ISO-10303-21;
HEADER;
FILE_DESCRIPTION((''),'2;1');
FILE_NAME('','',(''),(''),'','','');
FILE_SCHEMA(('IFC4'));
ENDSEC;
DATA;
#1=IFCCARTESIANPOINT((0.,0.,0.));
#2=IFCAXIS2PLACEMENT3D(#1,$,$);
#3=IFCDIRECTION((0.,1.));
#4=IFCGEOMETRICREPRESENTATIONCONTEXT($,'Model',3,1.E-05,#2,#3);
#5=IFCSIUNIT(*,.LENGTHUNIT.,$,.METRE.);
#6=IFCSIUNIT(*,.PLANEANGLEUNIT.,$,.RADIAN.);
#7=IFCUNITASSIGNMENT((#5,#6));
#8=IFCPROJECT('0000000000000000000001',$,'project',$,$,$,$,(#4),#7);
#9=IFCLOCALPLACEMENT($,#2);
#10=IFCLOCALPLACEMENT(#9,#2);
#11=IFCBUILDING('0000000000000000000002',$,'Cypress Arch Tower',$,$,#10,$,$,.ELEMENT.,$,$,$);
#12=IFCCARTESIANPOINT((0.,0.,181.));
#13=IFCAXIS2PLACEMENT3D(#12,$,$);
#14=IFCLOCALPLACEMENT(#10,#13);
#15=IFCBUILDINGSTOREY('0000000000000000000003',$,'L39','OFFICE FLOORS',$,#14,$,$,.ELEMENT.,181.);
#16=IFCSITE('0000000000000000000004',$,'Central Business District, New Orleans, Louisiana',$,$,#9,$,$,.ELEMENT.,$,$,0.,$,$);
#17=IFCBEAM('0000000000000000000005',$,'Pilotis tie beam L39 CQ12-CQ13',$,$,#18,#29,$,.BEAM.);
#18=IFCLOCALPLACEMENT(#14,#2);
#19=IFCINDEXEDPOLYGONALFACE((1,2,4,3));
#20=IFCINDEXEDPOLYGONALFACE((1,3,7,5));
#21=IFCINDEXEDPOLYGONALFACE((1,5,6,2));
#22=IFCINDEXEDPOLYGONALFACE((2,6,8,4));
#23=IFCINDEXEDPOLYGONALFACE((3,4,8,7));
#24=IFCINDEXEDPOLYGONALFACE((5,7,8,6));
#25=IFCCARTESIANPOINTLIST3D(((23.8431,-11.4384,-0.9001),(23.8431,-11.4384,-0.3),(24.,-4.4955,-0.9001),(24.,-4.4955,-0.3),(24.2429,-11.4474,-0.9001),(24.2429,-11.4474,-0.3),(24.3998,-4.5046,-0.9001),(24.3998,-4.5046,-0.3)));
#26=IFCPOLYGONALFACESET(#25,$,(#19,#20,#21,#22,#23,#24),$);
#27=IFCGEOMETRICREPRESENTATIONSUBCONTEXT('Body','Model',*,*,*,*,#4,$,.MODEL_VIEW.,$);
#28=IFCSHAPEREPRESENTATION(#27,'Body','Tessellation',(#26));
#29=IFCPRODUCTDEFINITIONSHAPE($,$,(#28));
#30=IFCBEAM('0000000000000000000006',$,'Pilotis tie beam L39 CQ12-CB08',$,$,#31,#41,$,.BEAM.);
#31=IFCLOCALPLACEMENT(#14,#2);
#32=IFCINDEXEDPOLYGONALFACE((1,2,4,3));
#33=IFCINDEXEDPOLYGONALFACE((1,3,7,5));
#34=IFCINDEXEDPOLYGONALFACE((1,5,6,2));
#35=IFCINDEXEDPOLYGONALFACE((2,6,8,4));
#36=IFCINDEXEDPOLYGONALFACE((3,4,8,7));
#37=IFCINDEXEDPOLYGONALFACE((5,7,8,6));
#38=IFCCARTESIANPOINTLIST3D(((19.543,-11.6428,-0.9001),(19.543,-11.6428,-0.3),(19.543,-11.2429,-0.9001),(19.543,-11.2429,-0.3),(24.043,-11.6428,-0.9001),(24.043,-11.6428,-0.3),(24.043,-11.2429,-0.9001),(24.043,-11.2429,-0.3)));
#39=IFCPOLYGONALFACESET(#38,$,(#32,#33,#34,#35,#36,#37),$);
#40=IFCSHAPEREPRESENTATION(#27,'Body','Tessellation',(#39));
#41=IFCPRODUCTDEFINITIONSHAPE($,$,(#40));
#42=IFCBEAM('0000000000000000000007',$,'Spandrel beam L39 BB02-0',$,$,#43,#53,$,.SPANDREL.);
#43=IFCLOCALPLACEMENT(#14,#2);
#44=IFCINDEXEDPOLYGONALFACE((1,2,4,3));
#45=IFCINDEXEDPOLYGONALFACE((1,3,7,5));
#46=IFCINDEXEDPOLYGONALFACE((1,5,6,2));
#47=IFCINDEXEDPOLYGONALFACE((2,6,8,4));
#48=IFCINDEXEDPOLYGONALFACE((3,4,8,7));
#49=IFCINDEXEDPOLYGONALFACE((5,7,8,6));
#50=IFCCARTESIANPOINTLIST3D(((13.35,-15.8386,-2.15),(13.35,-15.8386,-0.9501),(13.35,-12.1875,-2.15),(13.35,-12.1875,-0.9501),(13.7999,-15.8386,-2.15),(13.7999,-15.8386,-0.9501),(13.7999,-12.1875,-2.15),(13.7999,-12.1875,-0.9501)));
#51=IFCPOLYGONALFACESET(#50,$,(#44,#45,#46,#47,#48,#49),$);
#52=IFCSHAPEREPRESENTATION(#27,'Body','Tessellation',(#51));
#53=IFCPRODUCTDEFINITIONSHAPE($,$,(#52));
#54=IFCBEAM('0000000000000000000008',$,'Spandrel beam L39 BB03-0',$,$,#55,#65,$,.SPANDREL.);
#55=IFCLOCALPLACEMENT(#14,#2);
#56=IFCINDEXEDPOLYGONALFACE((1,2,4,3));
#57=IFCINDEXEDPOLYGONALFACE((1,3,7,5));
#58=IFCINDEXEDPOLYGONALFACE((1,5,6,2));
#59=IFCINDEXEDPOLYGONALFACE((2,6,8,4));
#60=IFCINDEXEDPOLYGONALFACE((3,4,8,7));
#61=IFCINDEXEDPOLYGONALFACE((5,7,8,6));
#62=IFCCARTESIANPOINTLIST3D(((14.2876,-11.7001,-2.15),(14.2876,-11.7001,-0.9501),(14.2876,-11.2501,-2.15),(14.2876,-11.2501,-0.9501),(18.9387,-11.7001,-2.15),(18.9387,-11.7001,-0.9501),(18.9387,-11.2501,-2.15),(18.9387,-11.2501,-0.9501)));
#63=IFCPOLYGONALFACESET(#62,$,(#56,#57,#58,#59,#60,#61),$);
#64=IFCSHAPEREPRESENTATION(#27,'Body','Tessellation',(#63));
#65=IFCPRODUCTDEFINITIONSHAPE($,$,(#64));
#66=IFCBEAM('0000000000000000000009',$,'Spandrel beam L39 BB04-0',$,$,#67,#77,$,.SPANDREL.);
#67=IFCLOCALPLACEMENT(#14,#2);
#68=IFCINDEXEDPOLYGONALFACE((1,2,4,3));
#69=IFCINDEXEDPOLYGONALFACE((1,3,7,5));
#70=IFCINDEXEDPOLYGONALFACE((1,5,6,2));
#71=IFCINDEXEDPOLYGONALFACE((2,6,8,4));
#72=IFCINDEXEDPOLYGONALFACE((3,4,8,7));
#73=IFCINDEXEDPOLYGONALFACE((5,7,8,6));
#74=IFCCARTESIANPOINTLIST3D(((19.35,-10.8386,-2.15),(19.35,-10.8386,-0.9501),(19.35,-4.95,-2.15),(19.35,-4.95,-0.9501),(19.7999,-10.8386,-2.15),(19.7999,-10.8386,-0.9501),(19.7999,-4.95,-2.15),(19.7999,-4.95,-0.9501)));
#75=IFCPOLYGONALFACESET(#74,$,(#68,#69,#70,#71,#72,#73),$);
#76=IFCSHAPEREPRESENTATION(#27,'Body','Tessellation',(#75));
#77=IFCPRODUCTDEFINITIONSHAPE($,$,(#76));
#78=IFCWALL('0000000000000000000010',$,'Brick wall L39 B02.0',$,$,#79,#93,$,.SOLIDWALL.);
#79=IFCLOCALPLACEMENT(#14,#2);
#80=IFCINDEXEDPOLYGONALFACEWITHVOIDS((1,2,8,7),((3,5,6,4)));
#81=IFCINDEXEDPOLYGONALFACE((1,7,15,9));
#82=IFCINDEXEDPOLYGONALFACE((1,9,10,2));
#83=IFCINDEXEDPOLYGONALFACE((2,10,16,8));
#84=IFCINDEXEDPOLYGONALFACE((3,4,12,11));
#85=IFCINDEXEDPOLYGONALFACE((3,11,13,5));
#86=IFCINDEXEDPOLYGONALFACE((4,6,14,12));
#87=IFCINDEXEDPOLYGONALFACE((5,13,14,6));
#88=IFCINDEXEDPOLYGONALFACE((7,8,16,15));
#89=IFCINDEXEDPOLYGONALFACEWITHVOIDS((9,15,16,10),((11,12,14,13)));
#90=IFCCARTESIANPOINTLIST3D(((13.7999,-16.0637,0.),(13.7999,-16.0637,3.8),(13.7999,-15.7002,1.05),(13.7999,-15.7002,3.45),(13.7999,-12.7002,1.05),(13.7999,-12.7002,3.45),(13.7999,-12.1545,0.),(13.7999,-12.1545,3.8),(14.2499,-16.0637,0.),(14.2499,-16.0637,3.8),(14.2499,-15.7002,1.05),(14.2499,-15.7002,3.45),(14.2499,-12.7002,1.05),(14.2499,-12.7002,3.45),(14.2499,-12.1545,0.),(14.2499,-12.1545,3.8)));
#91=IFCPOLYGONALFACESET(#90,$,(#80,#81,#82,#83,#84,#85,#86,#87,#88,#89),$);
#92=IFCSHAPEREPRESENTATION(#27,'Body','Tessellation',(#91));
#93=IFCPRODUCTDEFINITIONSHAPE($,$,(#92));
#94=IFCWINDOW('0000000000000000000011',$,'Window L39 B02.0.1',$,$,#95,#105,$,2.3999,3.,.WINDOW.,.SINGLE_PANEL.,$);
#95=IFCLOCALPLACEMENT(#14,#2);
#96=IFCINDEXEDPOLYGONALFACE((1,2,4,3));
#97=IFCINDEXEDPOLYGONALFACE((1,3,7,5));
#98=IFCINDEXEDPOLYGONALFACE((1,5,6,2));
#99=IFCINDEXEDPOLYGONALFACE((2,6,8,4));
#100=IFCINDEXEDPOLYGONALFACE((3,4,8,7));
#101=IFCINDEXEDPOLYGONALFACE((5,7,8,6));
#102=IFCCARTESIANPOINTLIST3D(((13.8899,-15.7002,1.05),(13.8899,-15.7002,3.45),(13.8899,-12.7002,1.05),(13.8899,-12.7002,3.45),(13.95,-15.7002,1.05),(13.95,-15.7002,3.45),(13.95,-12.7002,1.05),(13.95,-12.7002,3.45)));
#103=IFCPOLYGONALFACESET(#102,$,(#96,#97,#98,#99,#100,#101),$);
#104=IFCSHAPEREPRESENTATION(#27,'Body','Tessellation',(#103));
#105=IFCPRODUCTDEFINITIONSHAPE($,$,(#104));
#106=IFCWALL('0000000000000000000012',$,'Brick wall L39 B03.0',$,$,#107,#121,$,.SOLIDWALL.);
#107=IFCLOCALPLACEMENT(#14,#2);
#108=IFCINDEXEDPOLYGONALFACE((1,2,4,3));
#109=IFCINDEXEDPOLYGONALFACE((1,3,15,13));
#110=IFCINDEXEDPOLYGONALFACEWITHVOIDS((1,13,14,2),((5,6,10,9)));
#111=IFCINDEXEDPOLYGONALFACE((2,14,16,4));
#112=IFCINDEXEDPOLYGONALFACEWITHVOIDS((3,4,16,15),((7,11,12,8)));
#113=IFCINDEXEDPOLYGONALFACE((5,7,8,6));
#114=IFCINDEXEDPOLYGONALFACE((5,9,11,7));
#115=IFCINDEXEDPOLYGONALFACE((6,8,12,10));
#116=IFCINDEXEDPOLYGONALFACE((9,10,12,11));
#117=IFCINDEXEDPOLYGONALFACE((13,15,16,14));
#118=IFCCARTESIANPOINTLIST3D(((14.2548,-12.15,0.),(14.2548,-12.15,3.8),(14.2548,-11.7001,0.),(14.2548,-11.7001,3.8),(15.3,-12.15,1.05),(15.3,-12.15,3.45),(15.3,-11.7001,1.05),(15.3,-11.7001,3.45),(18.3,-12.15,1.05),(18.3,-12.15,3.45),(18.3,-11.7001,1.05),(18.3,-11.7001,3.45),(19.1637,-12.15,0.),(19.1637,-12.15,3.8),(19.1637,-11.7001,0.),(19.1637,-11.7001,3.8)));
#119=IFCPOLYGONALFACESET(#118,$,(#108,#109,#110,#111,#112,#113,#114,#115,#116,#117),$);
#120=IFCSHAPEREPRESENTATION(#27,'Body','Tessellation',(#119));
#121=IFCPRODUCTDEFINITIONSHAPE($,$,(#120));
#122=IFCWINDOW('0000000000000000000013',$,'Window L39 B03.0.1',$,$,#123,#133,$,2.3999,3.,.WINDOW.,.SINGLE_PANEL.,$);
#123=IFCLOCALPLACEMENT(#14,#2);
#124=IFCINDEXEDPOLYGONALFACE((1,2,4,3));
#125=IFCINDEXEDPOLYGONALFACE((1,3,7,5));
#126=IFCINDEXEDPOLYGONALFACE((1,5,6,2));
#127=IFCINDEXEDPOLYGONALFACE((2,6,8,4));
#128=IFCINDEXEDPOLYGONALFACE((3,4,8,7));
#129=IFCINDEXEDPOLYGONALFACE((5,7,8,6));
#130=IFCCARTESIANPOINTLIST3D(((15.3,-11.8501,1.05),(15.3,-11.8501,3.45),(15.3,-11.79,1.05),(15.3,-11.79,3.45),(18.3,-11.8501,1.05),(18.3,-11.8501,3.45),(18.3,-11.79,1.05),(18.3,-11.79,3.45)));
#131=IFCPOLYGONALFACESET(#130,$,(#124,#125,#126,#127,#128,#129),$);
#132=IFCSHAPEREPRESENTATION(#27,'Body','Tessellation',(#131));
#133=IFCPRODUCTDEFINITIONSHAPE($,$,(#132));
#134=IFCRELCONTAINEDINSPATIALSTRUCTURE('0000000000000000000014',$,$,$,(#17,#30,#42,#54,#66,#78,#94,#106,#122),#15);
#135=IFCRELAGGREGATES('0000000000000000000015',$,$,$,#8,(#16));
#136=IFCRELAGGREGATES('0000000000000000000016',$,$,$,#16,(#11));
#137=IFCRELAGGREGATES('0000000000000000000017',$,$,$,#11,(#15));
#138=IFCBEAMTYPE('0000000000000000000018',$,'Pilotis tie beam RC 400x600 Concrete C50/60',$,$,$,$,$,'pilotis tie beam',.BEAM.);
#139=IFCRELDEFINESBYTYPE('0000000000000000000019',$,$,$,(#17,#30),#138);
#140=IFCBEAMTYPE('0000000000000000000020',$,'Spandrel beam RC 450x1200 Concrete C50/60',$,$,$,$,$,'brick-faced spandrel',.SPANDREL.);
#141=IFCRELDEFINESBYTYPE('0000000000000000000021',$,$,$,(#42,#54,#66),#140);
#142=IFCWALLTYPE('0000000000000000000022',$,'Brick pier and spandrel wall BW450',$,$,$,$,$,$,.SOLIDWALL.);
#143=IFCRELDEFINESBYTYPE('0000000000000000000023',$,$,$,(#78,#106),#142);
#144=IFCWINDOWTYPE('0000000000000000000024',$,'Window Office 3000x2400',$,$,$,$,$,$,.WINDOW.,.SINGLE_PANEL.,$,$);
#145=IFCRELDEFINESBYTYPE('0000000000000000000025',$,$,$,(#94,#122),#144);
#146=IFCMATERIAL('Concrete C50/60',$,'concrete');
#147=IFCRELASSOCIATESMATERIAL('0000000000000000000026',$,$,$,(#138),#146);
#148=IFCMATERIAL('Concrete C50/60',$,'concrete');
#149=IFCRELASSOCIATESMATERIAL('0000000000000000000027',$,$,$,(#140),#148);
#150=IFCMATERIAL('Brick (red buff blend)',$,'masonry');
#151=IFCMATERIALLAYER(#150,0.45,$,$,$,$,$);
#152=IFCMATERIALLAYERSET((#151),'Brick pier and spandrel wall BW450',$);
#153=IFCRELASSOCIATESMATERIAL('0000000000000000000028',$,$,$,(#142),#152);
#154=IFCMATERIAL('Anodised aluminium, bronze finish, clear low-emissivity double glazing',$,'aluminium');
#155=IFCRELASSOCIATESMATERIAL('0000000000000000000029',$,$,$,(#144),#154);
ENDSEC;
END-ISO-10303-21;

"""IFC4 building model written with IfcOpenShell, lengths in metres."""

from ifc_helpers import new_model, si_unit, direction, frame, frame_2d, origin, origin_2d, place, context, subcontext, project, spatial, rectangle, extrude, material, layer, layer_set, material_profile, profile_set, type_object, element, fill, save


model = new_model("IFC4")

# Units and contexts
model_context = context("Model", 3, precision=1e-05, world=origin(), true_north=direction((0.0, 1.0)))
body_context = subcontext(model_context, "Body", "Model", "MODEL_VIEW")
ifc_project = project(units=[si_unit("LENGTHUNIT", "METRE"), si_unit("PLANEANGLEUNIT", "RADIAN")], contexts=[model_context])

# Site, building, storey
site_placement = place(None, origin())
site = spatial("IfcSite", under=ifc_project, at=site_placement, Name="Central Business District, New Orleans, Louisiana", CompositionType="ELEMENT", RefElevation=0.0)
building_placement = place(site_placement, origin())
building = spatial("IfcBuilding", under=site, at=building_placement, Name="Cypress Arch Tower", CompositionType="ELEMENT")
storey_placement = place(building_placement, frame((0.0, 0.0, 181.0)))
storey = spatial("IfcBuildingStorey", under=building, at=storey_placement, Name="L39", Description="OFFICE FLOORS", CompositionType="ELEMENT", Elevation=181.0)

# Beams
ifc_material_1 = material(Name="Concrete C50/60", Category="concrete")
ifc_material_profile_1 = material_profile(ifc_material_1, rectangle(XDim=0.3999, YDim=0.6001, at=origin_2d()), Name="RC 400x600")
ifc_profile_set_1 = profile_set([ifc_material_profile_1], Name="Concrete C50/60")
beam_type_1 = type_object("IfcBeamType", Name="Pilotis tie beam RC 400x600 Concrete C50/60", ElementType="pilotis tie beam", PredefinedType="BEAM", material=ifc_profile_set_1)
beam_1_placement = place(storey_placement, frame((24.043, -11.4429, -0.6001), z_axis=(0.022605, 0.999744, 0.0), x_axis=(-0.999744, 0.022605, 0.0)))
element("IfcBeam", 1, at=beam_1_placement, inside=storey, type_object=beam_type_1, Name="Pilotis tie beam L39 CQ12-CQ13", PredefinedType="BEAM", context=body_context, shape_type="SweptSolid", body=[
    extrude(rectangle(XDim=0.3999, YDim=0.6001, at=origin_2d()), origin(), (0.0, 0.0, 1.0), 6.9446),
])
beam_2_placement = place(storey_placement, frame((24.043, -11.4429, -0.6001), z_axis=(-1.0, 0.0, 0.0), x_axis=(0.0, -1.0, 0.0)))
element("IfcBeam", 2, at=beam_2_placement, inside=storey, type_object=beam_type_1, Name="Pilotis tie beam L39 CQ12-CB08", PredefinedType="BEAM", context=body_context, shape_type="SweptSolid", body=[
    extrude(rectangle(XDim=0.3999, YDim=0.6001, at=origin_2d()), origin(), (0.0, 0.0, 1.0), 4.5),
])
ifc_material_2 = material(Name="Concrete C50/60", Category="concrete")
ifc_material_profile_2 = material_profile(ifc_material_2, rectangle(XDim=0.45, YDim=1.2, at=origin_2d()), Name="RC 450x1200")
ifc_profile_set_2 = profile_set([ifc_material_profile_2], Name="Concrete C50/60")
beam_type_2 = type_object("IfcBeamType", Name="Spandrel beam RC 450x1200 Concrete C50/60", ElementType="brick-faced spandrel", PredefinedType="SPANDREL", material=ifc_profile_set_2)
beam_3_placement = place(storey_placement, frame((13.575, -15.8386, -1.55), z_axis=(0.0, 1.0, 0.0), x_axis=(-1.0, 0.0, 0.0)))
element("IfcBeam", 3, at=beam_3_placement, inside=storey, type_object=beam_type_2, Name="Spandrel beam L39 BB02-0", PredefinedType="SPANDREL", context=body_context, shape_type="SweptSolid", body=[
    extrude(rectangle(XDim=0.45, YDim=1.2, at=origin_2d()), origin(), (0.0, 0.0, 1.0), 3.6511),
])
beam_4_placement = place(storey_placement, frame((14.2876, -11.4751, -1.55), z_axis=(1.0, 0.0, 0.0), x_axis=(0.0, 1.0, 0.0)))
element("IfcBeam", 4, at=beam_4_placement, inside=storey, type_object=beam_type_2, Name="Spandrel beam L39 BB03-0", PredefinedType="SPANDREL", context=body_context, shape_type="SweptSolid", body=[
    extrude(rectangle(XDim=0.45, YDim=1.2, at=origin_2d()), origin(), (0.0, 0.0, 1.0), 4.6511),
])
beam_5_placement = place(storey_placement, frame((19.575, -10.8386, -1.55), z_axis=(0.0, 1.0, 0.0), x_axis=(-1.0, 0.0, 0.0)))
element("IfcBeam", 5, at=beam_5_placement, inside=storey, type_object=beam_type_2, Name="Spandrel beam L39 BB04-0", PredefinedType="SPANDREL", context=body_context, shape_type="SweptSolid", body=[
    extrude(rectangle(XDim=0.45, YDim=1.2, at=origin_2d()), origin(), (0.0, 0.0, 1.0), 5.8887),
])

# Walls, openings, windows
ifc_material_3 = material(Name="Brick (red buff blend)", Category="masonry")
ifc_layer_1 = layer(ifc_material_3, 0.45)
ifc_layer_set_1 = layer_set([ifc_layer_1], Name="Brick pier and spandrel wall BW450")
wall_type_1 = type_object("IfcWallType", Name="Brick pier and spandrel wall BW450", PredefinedType="SOLIDWALL", material=ifc_layer_set_1)
wall_1_placement = place(storey_placement, frame((14.0249, -16.0637, 0.0), z_axis=(0.0, 0.0, 1.0), x_axis=(0.0, 1.0, 0.0)))
wall_1 = element("IfcWall", 6, at=wall_1_placement, inside=storey, type_object=wall_type_1, Name="Brick wall L39 B02.0", PredefinedType="SOLIDWALL", context=body_context, shape_type="SweptSolid", body=[
    extrude(rectangle(XDim=3.9092, YDim=0.45, at=frame_2d((1.9546, 0.0))), origin(), (0.0, 0.0, 1.0), 3.8),
])
opening_1_placement = place(wall_1_placement, frame((0.3635, 0.0, 1.05)))
opening_1 = element("IfcOpeningElement", 7, at=opening_1_placement, cuts=wall_1, PredefinedType="OPENING", context=body_context, shape_type="SweptSolid", body=[
    extrude(rectangle(XDim=3.0, YDim=2.3999, at=frame_2d((1.5, 1.2))), frame((0.0, 0.2349, 0.0), z_axis=(0.0, -1.0, 0.0), x_axis=(1.0, 0.0, 0.0)), (0.0, 0.0, 1.0), 0.47),
])
ifc_material_4 = material(Name="Anodised aluminium, bronze finish, clear low-emissivity double glazing", Category="aluminium")
window_type = type_object("IfcWindowType", Name="Window Office 3000x2400", PartitioningType="SINGLE_PANEL", PredefinedType="WINDOW", material=ifc_material_4)
window_1_placement = place(opening_1_placement, origin())
window_1 = element("IfcWindow", 8, at=window_1_placement, inside=storey, type_object=window_type, Name="Window L39 B02.0.1", OverallHeight=2.3999, OverallWidth=3.0, PartitioningType="SINGLE_PANEL", PredefinedType="WINDOW", context=body_context, shape_type="SweptSolid", body=[
    extrude(rectangle(XDim=3.0, YDim=2.3999, at=frame_2d((1.5, 1.2))), frame((0.0, 0.135, 0.0), z_axis=(0.0, -1.0, 0.0), x_axis=(1.0, 0.0, 0.0)), (0.0, 0.0, 1.0), 0.0601),
])
fill(opening_1, window_1)
wall_2_placement = place(storey_placement, frame((14.2546, -11.925, 0.0), z_axis=(0.0, 0.0, 1.0), x_axis=(1.0, 0.0, 0.0)))
wall_2 = element("IfcWall", 9, at=wall_2_placement, inside=storey, type_object=wall_type_1, Name="Brick wall L39 B03.0", PredefinedType="SOLIDWALL", context=body_context, shape_type="SweptSolid", body=[
    extrude(rectangle(XDim=4.9089, YDim=0.45, at=frame_2d((2.4546, 0.0))), origin(), (0.0, 0.0, 1.0), 3.8),
])
opening_2_placement = place(wall_2_placement, frame((1.0454, 0.0, 1.05)))
opening_2 = element("IfcOpeningElement", 10, at=opening_2_placement, cuts=wall_2, PredefinedType="OPENING", context=body_context, shape_type="SweptSolid", body=[
    extrude(rectangle(XDim=3.0, YDim=2.3999, at=frame_2d((1.5, 1.2))), frame((0.0, 0.2349, 0.0), z_axis=(0.0, -1.0, 0.0), x_axis=(1.0, 0.0, 0.0)), (0.0, 0.0, 1.0), 0.47),
])
window_2_placement = place(opening_2_placement, origin())
window_2 = element("IfcWindow", 11, at=window_2_placement, inside=storey, type_object=window_type, Name="Window L39 B03.0.1", OverallHeight=2.3999, OverallWidth=3.0, PartitioningType="SINGLE_PANEL", PredefinedType="WINDOW", context=body_context, shape_type="SweptSolid", body=[
    extrude(rectangle(XDim=3.0, YDim=2.3999, at=frame_2d((1.5, 1.2))), frame((0.0, 0.135, 0.0), z_axis=(0.0, -1.0, 0.0), x_axis=(1.0, 0.0, 0.0)), (0.0, 0.0, 1.0), 0.0601),
])
fill(opening_2, window_2)

save(model, "model.ifc")
